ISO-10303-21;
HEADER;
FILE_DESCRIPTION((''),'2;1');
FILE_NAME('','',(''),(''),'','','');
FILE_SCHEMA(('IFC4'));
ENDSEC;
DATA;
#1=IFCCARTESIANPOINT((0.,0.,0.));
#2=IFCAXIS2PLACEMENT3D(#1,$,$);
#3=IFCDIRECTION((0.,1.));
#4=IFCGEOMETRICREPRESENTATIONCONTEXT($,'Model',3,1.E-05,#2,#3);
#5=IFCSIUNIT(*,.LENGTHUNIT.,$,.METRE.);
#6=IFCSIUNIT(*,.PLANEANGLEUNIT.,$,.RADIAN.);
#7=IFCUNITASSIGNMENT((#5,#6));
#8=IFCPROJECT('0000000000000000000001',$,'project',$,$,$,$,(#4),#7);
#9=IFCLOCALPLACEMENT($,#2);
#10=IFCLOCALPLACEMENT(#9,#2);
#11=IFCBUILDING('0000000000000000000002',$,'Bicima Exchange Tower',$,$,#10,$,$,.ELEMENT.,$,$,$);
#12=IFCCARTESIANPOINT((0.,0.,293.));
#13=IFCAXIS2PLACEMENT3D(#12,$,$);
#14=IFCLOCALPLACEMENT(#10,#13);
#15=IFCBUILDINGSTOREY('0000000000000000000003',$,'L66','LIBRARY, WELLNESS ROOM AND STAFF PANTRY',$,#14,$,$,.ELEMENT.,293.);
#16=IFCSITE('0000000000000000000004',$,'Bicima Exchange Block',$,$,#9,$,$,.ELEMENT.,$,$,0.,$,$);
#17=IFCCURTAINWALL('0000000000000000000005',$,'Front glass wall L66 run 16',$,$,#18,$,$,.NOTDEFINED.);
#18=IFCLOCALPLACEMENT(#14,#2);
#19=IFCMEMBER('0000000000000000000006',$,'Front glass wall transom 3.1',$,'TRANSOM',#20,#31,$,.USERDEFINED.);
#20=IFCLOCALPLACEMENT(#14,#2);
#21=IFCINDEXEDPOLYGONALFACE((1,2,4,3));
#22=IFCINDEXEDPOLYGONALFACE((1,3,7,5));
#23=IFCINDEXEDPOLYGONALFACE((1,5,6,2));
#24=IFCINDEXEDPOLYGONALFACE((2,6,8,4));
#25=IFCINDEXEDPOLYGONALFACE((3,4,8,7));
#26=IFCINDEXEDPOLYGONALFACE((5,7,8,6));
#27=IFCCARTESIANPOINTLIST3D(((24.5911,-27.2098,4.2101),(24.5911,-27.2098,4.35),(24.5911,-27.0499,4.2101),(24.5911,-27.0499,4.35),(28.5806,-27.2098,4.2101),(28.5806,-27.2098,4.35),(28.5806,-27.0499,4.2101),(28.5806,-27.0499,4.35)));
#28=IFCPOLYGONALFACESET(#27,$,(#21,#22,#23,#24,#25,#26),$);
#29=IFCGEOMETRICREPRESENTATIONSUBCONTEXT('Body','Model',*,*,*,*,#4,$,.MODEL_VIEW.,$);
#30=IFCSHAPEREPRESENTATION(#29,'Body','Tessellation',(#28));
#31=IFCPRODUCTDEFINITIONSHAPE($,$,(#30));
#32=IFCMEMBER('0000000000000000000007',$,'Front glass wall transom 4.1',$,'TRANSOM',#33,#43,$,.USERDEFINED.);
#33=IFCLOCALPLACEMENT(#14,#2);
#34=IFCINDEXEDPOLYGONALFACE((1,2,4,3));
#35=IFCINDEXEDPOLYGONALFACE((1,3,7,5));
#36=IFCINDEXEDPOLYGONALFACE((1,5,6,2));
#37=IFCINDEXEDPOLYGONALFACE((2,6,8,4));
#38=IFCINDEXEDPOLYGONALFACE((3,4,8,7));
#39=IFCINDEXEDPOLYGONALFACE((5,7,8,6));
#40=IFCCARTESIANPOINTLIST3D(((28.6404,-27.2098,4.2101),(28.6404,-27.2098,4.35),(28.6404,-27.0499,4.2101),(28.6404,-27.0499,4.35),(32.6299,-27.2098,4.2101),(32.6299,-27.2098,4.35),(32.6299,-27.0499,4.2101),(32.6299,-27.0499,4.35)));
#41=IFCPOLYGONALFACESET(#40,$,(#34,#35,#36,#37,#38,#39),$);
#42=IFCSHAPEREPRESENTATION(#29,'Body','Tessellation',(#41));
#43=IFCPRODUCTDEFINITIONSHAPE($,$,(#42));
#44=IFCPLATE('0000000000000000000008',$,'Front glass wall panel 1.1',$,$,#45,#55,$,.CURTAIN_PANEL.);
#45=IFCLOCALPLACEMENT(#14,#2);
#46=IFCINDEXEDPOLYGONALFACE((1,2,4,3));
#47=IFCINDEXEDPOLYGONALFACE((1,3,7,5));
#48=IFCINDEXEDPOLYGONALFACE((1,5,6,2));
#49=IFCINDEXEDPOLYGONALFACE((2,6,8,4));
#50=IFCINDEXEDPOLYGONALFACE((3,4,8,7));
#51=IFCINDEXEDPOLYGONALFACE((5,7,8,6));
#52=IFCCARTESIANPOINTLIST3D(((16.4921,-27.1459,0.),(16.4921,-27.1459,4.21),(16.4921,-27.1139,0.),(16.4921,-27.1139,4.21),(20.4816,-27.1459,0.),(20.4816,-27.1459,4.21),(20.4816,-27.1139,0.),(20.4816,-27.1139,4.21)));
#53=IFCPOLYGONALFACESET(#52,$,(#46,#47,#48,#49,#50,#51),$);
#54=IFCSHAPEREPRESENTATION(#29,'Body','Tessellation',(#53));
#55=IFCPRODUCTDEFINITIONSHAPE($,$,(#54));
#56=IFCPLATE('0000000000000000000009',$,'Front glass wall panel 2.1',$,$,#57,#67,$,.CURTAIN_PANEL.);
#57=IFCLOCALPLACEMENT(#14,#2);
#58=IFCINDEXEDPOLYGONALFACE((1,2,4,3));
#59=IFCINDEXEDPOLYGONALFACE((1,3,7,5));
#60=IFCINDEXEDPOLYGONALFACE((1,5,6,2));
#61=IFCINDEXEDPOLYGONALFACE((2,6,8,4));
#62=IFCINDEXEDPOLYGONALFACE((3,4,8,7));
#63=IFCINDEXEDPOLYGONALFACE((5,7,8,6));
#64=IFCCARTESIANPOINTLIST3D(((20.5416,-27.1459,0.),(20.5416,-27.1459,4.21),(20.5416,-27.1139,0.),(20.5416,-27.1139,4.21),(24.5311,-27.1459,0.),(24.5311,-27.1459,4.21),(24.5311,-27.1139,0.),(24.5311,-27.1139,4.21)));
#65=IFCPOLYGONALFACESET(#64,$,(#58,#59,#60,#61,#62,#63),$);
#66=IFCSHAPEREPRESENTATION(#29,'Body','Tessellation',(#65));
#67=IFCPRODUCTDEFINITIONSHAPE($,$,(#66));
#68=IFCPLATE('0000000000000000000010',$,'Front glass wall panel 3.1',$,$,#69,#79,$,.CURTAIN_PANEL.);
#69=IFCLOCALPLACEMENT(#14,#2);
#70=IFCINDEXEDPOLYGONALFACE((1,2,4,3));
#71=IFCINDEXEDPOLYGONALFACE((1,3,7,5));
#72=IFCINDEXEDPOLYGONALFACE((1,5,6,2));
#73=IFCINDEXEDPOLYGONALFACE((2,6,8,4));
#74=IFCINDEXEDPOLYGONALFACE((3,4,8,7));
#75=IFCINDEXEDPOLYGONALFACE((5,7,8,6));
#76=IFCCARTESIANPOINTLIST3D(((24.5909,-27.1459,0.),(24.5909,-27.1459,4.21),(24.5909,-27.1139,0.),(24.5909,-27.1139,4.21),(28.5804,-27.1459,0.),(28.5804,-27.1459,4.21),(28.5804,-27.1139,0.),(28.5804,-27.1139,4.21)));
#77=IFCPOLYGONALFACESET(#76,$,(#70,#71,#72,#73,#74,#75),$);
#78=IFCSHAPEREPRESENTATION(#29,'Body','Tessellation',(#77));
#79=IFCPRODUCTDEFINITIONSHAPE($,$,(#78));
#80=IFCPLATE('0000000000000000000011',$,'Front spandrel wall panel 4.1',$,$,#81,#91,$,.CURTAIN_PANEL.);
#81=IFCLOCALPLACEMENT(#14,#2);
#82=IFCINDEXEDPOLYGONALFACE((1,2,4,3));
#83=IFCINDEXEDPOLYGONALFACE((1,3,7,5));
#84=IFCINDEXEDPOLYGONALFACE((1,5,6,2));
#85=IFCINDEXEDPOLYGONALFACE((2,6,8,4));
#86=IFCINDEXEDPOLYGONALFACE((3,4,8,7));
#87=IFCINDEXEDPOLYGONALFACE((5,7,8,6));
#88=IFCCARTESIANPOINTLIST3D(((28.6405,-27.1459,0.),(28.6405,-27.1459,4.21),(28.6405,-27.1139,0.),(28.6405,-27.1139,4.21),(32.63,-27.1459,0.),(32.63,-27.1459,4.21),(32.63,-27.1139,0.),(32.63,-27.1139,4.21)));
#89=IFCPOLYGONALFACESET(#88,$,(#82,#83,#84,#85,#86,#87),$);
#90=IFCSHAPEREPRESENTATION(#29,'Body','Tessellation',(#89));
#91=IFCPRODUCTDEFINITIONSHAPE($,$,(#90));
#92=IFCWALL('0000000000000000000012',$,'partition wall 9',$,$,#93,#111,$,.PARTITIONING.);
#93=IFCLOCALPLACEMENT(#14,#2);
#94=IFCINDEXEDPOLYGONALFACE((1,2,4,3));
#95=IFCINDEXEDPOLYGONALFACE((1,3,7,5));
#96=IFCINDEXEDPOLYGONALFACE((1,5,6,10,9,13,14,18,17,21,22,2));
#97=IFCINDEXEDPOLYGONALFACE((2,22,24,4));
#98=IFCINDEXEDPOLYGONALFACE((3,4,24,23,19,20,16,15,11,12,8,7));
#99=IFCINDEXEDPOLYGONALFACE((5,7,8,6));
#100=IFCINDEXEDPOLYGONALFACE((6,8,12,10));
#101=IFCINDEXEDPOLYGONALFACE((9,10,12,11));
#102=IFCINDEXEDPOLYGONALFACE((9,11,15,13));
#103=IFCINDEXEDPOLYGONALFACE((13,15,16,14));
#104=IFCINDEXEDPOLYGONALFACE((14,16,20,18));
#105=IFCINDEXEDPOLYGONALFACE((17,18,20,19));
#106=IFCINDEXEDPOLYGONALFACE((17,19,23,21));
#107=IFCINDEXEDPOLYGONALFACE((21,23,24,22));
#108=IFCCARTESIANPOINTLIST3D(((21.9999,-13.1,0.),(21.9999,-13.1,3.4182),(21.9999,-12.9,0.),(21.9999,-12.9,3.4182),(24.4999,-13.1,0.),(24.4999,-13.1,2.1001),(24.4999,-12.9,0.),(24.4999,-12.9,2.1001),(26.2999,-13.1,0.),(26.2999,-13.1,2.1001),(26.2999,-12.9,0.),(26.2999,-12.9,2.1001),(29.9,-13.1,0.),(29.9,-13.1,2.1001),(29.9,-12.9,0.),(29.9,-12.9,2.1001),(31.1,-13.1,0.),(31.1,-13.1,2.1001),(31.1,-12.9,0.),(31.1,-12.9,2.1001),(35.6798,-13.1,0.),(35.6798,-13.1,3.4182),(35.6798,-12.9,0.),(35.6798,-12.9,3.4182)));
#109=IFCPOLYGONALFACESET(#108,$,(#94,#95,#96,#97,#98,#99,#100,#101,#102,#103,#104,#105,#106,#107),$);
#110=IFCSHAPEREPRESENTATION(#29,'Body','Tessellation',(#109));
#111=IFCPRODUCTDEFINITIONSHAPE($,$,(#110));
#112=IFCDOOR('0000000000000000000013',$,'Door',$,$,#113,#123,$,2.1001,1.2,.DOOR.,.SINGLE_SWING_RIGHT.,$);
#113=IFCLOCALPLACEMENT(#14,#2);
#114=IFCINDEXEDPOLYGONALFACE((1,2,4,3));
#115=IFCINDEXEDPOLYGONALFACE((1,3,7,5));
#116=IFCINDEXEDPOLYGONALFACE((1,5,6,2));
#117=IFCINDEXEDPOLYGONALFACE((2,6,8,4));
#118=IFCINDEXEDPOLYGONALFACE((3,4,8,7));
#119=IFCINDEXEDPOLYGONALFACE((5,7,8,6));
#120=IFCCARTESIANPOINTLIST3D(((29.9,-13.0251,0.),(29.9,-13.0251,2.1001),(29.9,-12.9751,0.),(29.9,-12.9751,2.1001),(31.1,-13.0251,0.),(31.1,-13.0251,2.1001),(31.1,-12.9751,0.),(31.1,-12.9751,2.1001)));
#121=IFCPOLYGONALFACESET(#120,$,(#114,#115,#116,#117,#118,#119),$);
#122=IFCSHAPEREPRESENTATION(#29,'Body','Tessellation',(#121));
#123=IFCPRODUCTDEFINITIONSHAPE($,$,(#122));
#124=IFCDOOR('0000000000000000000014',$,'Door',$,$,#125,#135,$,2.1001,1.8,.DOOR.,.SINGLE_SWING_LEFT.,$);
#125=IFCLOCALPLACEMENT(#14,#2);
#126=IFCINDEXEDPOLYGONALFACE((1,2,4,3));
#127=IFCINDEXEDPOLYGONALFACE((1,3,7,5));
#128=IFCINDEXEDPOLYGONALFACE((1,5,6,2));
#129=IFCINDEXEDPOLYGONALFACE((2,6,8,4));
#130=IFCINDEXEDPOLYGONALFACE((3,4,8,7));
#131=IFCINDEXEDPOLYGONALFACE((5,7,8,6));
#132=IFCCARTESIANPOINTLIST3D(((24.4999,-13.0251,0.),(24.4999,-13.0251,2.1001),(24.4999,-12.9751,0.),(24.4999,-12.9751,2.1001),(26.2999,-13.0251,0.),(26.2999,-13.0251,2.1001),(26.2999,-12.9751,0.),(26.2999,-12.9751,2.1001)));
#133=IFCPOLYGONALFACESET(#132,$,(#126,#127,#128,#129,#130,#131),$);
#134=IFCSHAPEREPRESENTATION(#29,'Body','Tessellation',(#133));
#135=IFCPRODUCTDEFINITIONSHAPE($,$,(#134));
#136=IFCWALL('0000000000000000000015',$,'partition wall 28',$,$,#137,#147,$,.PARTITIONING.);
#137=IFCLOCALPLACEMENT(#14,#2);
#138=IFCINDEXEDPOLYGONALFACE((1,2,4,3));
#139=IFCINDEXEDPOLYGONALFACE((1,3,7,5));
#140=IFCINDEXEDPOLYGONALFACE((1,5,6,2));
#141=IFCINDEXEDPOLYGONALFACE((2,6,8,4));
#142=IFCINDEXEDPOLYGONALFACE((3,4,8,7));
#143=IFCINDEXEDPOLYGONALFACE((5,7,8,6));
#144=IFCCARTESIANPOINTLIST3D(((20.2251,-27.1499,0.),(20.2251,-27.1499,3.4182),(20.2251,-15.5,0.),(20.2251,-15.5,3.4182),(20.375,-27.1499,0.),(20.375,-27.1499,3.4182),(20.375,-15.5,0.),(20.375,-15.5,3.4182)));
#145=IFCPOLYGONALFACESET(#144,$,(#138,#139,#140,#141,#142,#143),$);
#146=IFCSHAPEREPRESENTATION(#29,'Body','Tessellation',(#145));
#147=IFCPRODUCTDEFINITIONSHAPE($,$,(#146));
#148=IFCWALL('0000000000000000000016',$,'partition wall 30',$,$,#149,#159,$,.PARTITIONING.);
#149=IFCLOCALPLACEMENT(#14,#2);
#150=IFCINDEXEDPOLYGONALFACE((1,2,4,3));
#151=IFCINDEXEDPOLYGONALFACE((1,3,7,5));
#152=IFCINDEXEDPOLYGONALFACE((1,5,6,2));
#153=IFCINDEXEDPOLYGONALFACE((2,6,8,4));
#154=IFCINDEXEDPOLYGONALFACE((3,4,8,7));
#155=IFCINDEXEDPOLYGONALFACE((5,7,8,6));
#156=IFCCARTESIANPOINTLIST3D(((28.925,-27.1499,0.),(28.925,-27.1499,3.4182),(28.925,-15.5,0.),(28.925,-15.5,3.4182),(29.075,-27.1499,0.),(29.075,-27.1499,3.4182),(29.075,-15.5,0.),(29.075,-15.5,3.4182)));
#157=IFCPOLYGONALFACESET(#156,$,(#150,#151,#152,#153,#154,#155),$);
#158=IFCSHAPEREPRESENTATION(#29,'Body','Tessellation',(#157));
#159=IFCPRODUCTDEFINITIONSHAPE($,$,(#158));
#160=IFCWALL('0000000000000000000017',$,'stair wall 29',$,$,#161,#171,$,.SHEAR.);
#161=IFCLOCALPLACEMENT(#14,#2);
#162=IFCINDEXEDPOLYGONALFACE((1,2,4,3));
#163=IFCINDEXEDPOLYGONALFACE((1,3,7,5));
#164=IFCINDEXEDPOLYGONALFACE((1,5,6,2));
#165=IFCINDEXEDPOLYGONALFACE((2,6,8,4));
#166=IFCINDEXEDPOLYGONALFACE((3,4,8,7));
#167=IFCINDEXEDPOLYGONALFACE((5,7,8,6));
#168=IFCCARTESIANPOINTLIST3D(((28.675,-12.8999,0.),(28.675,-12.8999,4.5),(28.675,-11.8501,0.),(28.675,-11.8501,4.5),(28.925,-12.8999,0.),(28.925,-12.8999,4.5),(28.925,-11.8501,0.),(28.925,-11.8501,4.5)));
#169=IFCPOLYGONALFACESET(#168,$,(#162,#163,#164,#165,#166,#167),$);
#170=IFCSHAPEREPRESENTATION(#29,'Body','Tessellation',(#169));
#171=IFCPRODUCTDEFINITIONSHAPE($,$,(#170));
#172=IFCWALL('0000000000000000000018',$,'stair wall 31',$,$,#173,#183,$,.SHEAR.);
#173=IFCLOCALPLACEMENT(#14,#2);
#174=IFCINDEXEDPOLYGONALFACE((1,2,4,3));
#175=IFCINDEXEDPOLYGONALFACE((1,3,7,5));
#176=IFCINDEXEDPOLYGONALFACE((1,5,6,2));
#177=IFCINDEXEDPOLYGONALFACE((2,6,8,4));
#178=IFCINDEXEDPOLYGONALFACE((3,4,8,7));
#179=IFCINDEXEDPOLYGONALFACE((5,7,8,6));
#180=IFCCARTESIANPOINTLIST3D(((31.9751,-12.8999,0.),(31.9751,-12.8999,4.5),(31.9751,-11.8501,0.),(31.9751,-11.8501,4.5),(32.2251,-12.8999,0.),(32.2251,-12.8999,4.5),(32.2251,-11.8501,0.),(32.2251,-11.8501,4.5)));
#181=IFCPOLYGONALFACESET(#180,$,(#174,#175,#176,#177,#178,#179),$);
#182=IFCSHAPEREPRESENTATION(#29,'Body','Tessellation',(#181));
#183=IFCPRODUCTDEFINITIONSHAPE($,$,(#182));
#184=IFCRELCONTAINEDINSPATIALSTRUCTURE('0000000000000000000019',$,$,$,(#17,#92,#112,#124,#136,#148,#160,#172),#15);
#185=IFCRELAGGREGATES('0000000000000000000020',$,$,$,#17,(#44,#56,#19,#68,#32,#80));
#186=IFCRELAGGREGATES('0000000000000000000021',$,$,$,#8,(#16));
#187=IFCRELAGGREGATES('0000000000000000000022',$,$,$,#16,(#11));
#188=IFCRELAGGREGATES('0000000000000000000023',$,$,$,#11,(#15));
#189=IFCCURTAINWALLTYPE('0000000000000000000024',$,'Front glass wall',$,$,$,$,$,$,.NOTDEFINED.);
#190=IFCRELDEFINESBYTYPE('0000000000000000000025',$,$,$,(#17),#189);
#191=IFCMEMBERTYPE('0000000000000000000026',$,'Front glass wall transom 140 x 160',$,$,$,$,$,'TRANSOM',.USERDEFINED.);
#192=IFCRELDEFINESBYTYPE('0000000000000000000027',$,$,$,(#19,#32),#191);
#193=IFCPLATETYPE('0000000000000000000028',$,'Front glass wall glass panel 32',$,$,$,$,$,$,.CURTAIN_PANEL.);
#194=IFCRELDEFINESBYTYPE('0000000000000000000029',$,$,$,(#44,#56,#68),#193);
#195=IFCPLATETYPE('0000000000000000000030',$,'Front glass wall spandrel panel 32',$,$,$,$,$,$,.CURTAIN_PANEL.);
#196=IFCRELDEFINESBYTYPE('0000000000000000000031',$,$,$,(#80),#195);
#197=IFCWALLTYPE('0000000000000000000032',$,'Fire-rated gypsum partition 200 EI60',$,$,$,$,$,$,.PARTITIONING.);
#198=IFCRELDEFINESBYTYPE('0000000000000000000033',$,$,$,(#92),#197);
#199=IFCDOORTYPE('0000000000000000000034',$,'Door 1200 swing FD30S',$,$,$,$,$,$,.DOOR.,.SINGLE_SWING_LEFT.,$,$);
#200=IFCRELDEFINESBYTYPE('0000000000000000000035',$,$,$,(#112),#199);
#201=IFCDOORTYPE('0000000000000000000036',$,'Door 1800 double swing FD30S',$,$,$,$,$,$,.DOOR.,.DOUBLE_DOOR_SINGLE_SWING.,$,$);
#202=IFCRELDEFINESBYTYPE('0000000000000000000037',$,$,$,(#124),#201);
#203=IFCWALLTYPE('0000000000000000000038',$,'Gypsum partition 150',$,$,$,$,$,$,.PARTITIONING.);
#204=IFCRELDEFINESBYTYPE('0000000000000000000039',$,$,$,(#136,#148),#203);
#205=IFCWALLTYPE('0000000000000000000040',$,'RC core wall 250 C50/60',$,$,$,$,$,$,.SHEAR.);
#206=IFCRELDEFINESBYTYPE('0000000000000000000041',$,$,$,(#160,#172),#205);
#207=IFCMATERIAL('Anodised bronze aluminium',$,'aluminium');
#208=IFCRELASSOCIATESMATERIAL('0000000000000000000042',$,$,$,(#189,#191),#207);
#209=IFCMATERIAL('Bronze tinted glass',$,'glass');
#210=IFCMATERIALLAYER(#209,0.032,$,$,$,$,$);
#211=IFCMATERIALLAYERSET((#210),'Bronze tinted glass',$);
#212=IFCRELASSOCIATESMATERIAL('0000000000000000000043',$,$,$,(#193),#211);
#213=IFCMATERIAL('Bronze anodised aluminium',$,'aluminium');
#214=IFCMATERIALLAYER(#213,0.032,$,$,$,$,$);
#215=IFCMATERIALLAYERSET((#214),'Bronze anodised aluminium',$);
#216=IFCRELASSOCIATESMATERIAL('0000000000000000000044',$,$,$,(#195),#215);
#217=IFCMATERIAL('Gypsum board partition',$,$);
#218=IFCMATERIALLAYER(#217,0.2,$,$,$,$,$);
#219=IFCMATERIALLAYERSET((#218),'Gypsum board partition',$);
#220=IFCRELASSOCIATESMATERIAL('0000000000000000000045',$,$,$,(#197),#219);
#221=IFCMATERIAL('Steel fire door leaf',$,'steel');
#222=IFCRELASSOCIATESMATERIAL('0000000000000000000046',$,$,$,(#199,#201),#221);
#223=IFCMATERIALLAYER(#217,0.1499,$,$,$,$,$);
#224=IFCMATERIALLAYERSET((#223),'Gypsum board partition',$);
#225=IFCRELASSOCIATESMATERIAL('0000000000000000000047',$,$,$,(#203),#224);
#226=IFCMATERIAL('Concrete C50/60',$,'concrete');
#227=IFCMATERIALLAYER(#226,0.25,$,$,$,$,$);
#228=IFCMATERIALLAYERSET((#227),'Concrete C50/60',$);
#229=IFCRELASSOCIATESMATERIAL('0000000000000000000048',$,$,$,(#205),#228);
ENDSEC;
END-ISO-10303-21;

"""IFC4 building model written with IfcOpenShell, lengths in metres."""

from ifc_helpers import new_model, si_unit, direction, frame, frame_2d, origin, origin_2d, place, context, subcontext, project, spatial, rectangle, extrude, material, layer, layer_set, material_profile, profile_set, type_object, element, fill, aggregate, save


model = new_model("IFC4")

# Units and contexts
model_context = context("Model", 3, precision=1e-05, world=origin(), true_north=direction((0.0, 1.0)))
body_context = subcontext(model_context, "Body", "Model", "MODEL_VIEW")
ifc_project = project(units=[si_unit("LENGTHUNIT", "METRE"), si_unit("PLANEANGLEUNIT", "RADIAN")], contexts=[model_context])

# Site, building, storey
site_placement = place(None, origin())
site = spatial("IfcSite", under=ifc_project, at=site_placement, Name="Bicima Exchange Block", CompositionType="ELEMENT", RefElevation=0.0)
building_placement = place(site_placement, origin())
building = spatial("IfcBuilding", under=site, at=building_placement, Name="Bicima Exchange Tower", CompositionType="ELEMENT")
storey_placement = place(building_placement, frame((0.0, 0.0, 293.0)))
storey = spatial("IfcBuildingStorey", under=building, at=storey_placement, Name="L66", Description="LIBRARY, WELLNESS ROOM AND STAFF PANTRY", CompositionType="ELEMENT", Elevation=293.0)

# Curtain wall
ifc_material_1 = material(Name="Anodised bronze aluminium", Category="aluminium")
curtain_wall_type = type_object("IfcCurtainWallType", Name="Front glass wall", PredefinedType="NOTDEFINED", material=ifc_material_1)
curtain_wall_1_placement = place(storey_placement, origin())
curtain_wall_1 = element("IfcCurtainWall", 1, at=curtain_wall_1_placement, inside=storey, type_object=curtain_wall_type, Name="Front glass wall L66 run 16", PredefinedType="NOTDEFINED")

# Members
ifc_material_profile_1 = material_profile(ifc_material_1, rectangle(XDim=0.1599, YDim=0.1399, at=origin_2d()))
ifc_profile_set_1 = profile_set([ifc_material_profile_1], Name="Anodised bronze aluminium")
member_type_1 = type_object("IfcMemberType", Name="Front glass wall transom 140 x 160", ElementType="TRANSOM", PredefinedType="USERDEFINED", material=ifc_profile_set_1)
member_1_placement = place(storey_placement, frame((24.5911, -27.1299, 4.28), z_axis=(1.0, 0.0, 0.0), x_axis=(0.0, 1.0, 0.0)))
member_1 = element("IfcMember", 2, at=member_1_placement, type_object=member_type_1, Name="Front glass wall transom 3.1", ObjectType="TRANSOM", PredefinedType="USERDEFINED", context=body_context, shape_type="SweptSolid", body=[
    extrude(rectangle(XDim=0.1599, YDim=0.1399, at=origin_2d()), origin(), (0.0, 0.0, 1.0), 3.9895),
])
member_2_placement = place(storey_placement, frame((28.6404, -27.1299, 4.28), z_axis=(1.0, 0.0, 0.0), x_axis=(0.0, 1.0, 0.0)))
member_2 = element("IfcMember", 3, at=member_2_placement, type_object=member_type_1, Name="Front glass wall transom 4.1", ObjectType="TRANSOM", PredefinedType="USERDEFINED", context=body_context, shape_type="SweptSolid", body=[
    extrude(rectangle(XDim=0.1599, YDim=0.1399, at=origin_2d()), origin(), (0.0, 0.0, 1.0), 3.9895),
])

# Plates
ifc_material_2 = material(Name="Bronze tinted glass", Category="glass")
ifc_layer_1 = layer(ifc_material_2, 0.032)
ifc_layer_set_1 = layer_set([ifc_layer_1], Name="Bronze tinted glass")
plate_type_1 = type_object("IfcPlateType", Name="Front glass wall glass panel 32", PredefinedType="CURTAIN_PANEL", material=ifc_layer_set_1)
plate_1_placement = place(storey_placement, frame((18.4868, -27.1299, 0.0), z_axis=(0.0, 0.0, 1.0), x_axis=(1.0, 0.0, 0.0)))
plate_1 = element("IfcPlate", 4, at=plate_1_placement, type_object=plate_type_1, Name="Front glass wall panel 1.1", PredefinedType="CURTAIN_PANEL", context=body_context, shape_type="SweptSolid", body=[
    extrude(rectangle(XDim=3.9895, YDim=0.032, at=origin_2d()), origin(), (0.0, 0.0, 1.0), 4.21),
])
plate_2_placement = place(storey_placement, frame((22.5364, -27.1299, 0.0), z_axis=(0.0, 0.0, 1.0), x_axis=(1.0, 0.0, 0.0)))
plate_2 = element("IfcPlate", 5, at=plate_2_placement, type_object=plate_type_1, Name="Front glass wall panel 2.1", PredefinedType="CURTAIN_PANEL", context=body_context, shape_type="SweptSolid", body=[
    extrude(rectangle(XDim=3.9895, YDim=0.032, at=origin_2d()), origin(), (0.0, 0.0, 1.0), 4.21),
])
plate_3_placement = place(storey_placement, frame((26.5857, -27.1299, 0.0), z_axis=(0.0, 0.0, 1.0), x_axis=(1.0, 0.0, 0.0)))
plate_3 = element("IfcPlate", 6, at=plate_3_placement, type_object=plate_type_1, Name="Front glass wall panel 3.1", PredefinedType="CURTAIN_PANEL", context=body_context, shape_type="SweptSolid", body=[
    extrude(rectangle(XDim=3.9895, YDim=0.032, at=origin_2d()), origin(), (0.0, 0.0, 1.0), 4.21),
])
ifc_material_3 = material(Name="Bronze anodised aluminium", Category="aluminium")
ifc_layer_2 = layer(ifc_material_3, 0.032)
ifc_layer_set_2 = layer_set([ifc_layer_2], Name="Bronze anodised aluminium")
plate_type_2 = type_object("IfcPlateType", Name="Front glass wall spandrel panel 32", PredefinedType="CURTAIN_PANEL", material=ifc_layer_set_2)
plate_4_placement = place(storey_placement, frame((30.6353, -27.1299, 0.0), z_axis=(0.0, 0.0, 1.0), x_axis=(1.0, 0.0, 0.0)))
plate_4 = element("IfcPlate", 7, at=plate_4_placement, type_object=plate_type_2, Name="Front spandrel wall panel 4.1", PredefinedType="CURTAIN_PANEL", context=body_context, shape_type="SweptSolid", body=[
    extrude(rectangle(XDim=3.9895, YDim=0.032, at=origin_2d()), origin(), (0.0, 0.0, 1.0), 4.21),
])
aggregate(curtain_wall_1, [plate_1, plate_2, member_1, plate_3, member_2, plate_4])

# Wall, openings, doors
ifc_material_4 = material(Name="Gypsum board partition")
ifc_layer_3 = layer(ifc_material_4, 0.2)
ifc_layer_set_3 = layer_set([ifc_layer_3], Name="Gypsum board partition")
wall_type_1 = type_object("IfcWallType", Name="Fire-rated gypsum partition 200 EI60", PredefinedType="PARTITIONING", material=ifc_layer_set_3)
wall_placement = place(storey_placement, frame((22.0, -13.0, 0.0), z_axis=(0.0, 0.0, 1.0), x_axis=(1.0, 0.0, 0.0)))
wall = element("IfcWall", 8, at=wall_placement, inside=storey, type_object=wall_type_1, Name="partition wall 9", PredefinedType="PARTITIONING", context=body_context, shape_type="SweptSolid", body=[
    extrude(rectangle(XDim=13.6799, YDim=0.2, at=frame_2d((6.8398, 0.0))), origin(), (0.0, 0.0, 1.0), 3.4182),
])
opening_1_placement = place(wall_placement, frame((7.8999, 0.0, 0.0)))
opening_1 = element("IfcOpeningElement", 9, at=opening_1_placement, cuts=wall, PredefinedType="OPENING", context=body_context, shape_type="SweptSolid", body=[
    extrude(rectangle(XDim=1.2, YDim=2.1001, at=frame_2d((0.6001, 1.05))), frame((0.0, 0.1118, 0.0), z_axis=(0.0, -1.0, 0.0), x_axis=(1.0, 0.0, 0.0)), (0.0, 0.0, 1.0), 0.2239),
])
opening_2_placement = place(wall_placement, frame((2.5, 0.0, 0.0)))
opening_2 = element("IfcOpeningElement", 10, at=opening_2_placement, cuts=wall, PredefinedType="OPENING", context=body_context, shape_type="SweptSolid", body=[
    extrude(rectangle(XDim=1.8, YDim=2.1001, at=frame_2d((0.8999, 1.05))), frame((0.0, 0.1118, 0.0), z_axis=(0.0, -1.0, 0.0), x_axis=(1.0, 0.0, 0.0)), (0.0, 0.0, 1.0), 0.2239),
])
ifc_material_5 = material(Name="Steel fire door leaf", Category="steel")
door_type_1 = type_object("IfcDoorType", Name="Door 1200 swing FD30S", OperationType="SINGLE_SWING_LEFT", PredefinedType="DOOR", material=ifc_material_5)
door_1_placement = place(opening_1_placement, origin())
door_1 = element("IfcDoor", 11, at=door_1_placement, inside=storey, type_object=door_type_1, Name="Door", OperationType="SINGLE_SWING_RIGHT", OverallHeight=2.1001, OverallWidth=1.2, PredefinedType="DOOR", context=body_context, shape_type="SweptSolid", body=[
    extrude(rectangle(XDim=1.2, YDim=2.1001, at=frame_2d((0.6001, 1.05))), frame((0.0, 0.0249, 0.0), z_axis=(0.0, -1.0, 0.0), x_axis=(1.0, 0.0, 0.0)), (0.0, 0.0, 1.0), 0.05),
])
fill(opening_1, door_1)
door_type_2 = type_object("IfcDoorType", Name="Door 1800 double swing FD30S", OperationType="DOUBLE_DOOR_SINGLE_SWING", PredefinedType="DOOR", material=ifc_material_5)
door_2_placement = place(opening_2_placement, origin())
door_2 = element("IfcDoor", 12, at=door_2_placement, inside=storey, type_object=door_type_2, Name="Door", OperationType="SINGLE_SWING_LEFT", OverallHeight=2.1001, OverallWidth=1.8, PredefinedType="DOOR", context=body_context, shape_type="SweptSolid", body=[
    extrude(rectangle(XDim=1.8, YDim=2.1001, at=frame_2d((0.8999, 1.05))), frame((0.0, 0.0249, 0.0), z_axis=(0.0, -1.0, 0.0), x_axis=(1.0, 0.0, 0.0)), (0.0, 0.0, 1.0), 0.05),
])
fill(opening_2, door_2)

# Walls
ifc_layer_4 = layer(ifc_material_4, 0.1499)
ifc_layer_set_4 = layer_set([ifc_layer_4], Name="Gypsum board partition")
wall_type_2 = type_object("IfcWallType", Name="Gypsum partition 150", PredefinedType="PARTITIONING", material=ifc_layer_set_4)
for number, where, z_axis, x_axis, name in (
    (13, (20.3, -27.1499, 0.0), (0.0, 0.0, 1.0), (0.0, 1.0, 0.0), "partition wall 28"),
    (14, (29.0, -27.1499, 0.0), (0.0, 0.0, 1.0), (0.0, 1.0, 0.0), "partition wall 30"),
):
    element("IfcWall", number, at=place(storey_placement, frame(where, z_axis=z_axis, x_axis=x_axis)), inside=storey, type_object=wall_type_2, Name=name, PredefinedType="PARTITIONING", context=body_context, shape_type="SweptSolid", body=[
        extrude(rectangle(XDim=11.6499, YDim=0.1499, at=frame_2d((5.825, 0.0))), origin(), (0.0, 0.0, 1.0), 3.4182),
    ])
ifc_material_6 = material(Name="Concrete C50/60", Category="concrete")
ifc_layer_5 = layer(ifc_material_6, 0.25)
ifc_layer_set_5 = layer_set([ifc_layer_5], Name="Concrete C50/60")
wall_type_3 = type_object("IfcWallType", Name="RC core wall 250 C50/60", PredefinedType="SHEAR", material=ifc_layer_set_5)
for number, where, z_axis, x_axis, name in (
    (15, (28.8, -12.8999, 0.0), (0.0, 0.0, 1.0), (0.0, 1.0, 0.0), "stair wall 29"),
    (16, (32.1001, -12.8999, 0.0), (0.0, 0.0, 1.0), (0.0, 1.0, 0.0), "stair wall 31"),
):
    element("IfcWall", number, at=place(storey_placement, frame(where, z_axis=z_axis, x_axis=x_axis)), inside=storey, type_object=wall_type_3, Name=name, PredefinedType="SHEAR", context=body_context, shape_type="SweptSolid", body=[
        extrude(rectangle(XDim=1.0498, YDim=0.25, at=frame_2d((0.5249, 0.0))), origin(), (0.0, 0.0, 1.0), 4.5),
    ])

save(model, "model.ifc")
